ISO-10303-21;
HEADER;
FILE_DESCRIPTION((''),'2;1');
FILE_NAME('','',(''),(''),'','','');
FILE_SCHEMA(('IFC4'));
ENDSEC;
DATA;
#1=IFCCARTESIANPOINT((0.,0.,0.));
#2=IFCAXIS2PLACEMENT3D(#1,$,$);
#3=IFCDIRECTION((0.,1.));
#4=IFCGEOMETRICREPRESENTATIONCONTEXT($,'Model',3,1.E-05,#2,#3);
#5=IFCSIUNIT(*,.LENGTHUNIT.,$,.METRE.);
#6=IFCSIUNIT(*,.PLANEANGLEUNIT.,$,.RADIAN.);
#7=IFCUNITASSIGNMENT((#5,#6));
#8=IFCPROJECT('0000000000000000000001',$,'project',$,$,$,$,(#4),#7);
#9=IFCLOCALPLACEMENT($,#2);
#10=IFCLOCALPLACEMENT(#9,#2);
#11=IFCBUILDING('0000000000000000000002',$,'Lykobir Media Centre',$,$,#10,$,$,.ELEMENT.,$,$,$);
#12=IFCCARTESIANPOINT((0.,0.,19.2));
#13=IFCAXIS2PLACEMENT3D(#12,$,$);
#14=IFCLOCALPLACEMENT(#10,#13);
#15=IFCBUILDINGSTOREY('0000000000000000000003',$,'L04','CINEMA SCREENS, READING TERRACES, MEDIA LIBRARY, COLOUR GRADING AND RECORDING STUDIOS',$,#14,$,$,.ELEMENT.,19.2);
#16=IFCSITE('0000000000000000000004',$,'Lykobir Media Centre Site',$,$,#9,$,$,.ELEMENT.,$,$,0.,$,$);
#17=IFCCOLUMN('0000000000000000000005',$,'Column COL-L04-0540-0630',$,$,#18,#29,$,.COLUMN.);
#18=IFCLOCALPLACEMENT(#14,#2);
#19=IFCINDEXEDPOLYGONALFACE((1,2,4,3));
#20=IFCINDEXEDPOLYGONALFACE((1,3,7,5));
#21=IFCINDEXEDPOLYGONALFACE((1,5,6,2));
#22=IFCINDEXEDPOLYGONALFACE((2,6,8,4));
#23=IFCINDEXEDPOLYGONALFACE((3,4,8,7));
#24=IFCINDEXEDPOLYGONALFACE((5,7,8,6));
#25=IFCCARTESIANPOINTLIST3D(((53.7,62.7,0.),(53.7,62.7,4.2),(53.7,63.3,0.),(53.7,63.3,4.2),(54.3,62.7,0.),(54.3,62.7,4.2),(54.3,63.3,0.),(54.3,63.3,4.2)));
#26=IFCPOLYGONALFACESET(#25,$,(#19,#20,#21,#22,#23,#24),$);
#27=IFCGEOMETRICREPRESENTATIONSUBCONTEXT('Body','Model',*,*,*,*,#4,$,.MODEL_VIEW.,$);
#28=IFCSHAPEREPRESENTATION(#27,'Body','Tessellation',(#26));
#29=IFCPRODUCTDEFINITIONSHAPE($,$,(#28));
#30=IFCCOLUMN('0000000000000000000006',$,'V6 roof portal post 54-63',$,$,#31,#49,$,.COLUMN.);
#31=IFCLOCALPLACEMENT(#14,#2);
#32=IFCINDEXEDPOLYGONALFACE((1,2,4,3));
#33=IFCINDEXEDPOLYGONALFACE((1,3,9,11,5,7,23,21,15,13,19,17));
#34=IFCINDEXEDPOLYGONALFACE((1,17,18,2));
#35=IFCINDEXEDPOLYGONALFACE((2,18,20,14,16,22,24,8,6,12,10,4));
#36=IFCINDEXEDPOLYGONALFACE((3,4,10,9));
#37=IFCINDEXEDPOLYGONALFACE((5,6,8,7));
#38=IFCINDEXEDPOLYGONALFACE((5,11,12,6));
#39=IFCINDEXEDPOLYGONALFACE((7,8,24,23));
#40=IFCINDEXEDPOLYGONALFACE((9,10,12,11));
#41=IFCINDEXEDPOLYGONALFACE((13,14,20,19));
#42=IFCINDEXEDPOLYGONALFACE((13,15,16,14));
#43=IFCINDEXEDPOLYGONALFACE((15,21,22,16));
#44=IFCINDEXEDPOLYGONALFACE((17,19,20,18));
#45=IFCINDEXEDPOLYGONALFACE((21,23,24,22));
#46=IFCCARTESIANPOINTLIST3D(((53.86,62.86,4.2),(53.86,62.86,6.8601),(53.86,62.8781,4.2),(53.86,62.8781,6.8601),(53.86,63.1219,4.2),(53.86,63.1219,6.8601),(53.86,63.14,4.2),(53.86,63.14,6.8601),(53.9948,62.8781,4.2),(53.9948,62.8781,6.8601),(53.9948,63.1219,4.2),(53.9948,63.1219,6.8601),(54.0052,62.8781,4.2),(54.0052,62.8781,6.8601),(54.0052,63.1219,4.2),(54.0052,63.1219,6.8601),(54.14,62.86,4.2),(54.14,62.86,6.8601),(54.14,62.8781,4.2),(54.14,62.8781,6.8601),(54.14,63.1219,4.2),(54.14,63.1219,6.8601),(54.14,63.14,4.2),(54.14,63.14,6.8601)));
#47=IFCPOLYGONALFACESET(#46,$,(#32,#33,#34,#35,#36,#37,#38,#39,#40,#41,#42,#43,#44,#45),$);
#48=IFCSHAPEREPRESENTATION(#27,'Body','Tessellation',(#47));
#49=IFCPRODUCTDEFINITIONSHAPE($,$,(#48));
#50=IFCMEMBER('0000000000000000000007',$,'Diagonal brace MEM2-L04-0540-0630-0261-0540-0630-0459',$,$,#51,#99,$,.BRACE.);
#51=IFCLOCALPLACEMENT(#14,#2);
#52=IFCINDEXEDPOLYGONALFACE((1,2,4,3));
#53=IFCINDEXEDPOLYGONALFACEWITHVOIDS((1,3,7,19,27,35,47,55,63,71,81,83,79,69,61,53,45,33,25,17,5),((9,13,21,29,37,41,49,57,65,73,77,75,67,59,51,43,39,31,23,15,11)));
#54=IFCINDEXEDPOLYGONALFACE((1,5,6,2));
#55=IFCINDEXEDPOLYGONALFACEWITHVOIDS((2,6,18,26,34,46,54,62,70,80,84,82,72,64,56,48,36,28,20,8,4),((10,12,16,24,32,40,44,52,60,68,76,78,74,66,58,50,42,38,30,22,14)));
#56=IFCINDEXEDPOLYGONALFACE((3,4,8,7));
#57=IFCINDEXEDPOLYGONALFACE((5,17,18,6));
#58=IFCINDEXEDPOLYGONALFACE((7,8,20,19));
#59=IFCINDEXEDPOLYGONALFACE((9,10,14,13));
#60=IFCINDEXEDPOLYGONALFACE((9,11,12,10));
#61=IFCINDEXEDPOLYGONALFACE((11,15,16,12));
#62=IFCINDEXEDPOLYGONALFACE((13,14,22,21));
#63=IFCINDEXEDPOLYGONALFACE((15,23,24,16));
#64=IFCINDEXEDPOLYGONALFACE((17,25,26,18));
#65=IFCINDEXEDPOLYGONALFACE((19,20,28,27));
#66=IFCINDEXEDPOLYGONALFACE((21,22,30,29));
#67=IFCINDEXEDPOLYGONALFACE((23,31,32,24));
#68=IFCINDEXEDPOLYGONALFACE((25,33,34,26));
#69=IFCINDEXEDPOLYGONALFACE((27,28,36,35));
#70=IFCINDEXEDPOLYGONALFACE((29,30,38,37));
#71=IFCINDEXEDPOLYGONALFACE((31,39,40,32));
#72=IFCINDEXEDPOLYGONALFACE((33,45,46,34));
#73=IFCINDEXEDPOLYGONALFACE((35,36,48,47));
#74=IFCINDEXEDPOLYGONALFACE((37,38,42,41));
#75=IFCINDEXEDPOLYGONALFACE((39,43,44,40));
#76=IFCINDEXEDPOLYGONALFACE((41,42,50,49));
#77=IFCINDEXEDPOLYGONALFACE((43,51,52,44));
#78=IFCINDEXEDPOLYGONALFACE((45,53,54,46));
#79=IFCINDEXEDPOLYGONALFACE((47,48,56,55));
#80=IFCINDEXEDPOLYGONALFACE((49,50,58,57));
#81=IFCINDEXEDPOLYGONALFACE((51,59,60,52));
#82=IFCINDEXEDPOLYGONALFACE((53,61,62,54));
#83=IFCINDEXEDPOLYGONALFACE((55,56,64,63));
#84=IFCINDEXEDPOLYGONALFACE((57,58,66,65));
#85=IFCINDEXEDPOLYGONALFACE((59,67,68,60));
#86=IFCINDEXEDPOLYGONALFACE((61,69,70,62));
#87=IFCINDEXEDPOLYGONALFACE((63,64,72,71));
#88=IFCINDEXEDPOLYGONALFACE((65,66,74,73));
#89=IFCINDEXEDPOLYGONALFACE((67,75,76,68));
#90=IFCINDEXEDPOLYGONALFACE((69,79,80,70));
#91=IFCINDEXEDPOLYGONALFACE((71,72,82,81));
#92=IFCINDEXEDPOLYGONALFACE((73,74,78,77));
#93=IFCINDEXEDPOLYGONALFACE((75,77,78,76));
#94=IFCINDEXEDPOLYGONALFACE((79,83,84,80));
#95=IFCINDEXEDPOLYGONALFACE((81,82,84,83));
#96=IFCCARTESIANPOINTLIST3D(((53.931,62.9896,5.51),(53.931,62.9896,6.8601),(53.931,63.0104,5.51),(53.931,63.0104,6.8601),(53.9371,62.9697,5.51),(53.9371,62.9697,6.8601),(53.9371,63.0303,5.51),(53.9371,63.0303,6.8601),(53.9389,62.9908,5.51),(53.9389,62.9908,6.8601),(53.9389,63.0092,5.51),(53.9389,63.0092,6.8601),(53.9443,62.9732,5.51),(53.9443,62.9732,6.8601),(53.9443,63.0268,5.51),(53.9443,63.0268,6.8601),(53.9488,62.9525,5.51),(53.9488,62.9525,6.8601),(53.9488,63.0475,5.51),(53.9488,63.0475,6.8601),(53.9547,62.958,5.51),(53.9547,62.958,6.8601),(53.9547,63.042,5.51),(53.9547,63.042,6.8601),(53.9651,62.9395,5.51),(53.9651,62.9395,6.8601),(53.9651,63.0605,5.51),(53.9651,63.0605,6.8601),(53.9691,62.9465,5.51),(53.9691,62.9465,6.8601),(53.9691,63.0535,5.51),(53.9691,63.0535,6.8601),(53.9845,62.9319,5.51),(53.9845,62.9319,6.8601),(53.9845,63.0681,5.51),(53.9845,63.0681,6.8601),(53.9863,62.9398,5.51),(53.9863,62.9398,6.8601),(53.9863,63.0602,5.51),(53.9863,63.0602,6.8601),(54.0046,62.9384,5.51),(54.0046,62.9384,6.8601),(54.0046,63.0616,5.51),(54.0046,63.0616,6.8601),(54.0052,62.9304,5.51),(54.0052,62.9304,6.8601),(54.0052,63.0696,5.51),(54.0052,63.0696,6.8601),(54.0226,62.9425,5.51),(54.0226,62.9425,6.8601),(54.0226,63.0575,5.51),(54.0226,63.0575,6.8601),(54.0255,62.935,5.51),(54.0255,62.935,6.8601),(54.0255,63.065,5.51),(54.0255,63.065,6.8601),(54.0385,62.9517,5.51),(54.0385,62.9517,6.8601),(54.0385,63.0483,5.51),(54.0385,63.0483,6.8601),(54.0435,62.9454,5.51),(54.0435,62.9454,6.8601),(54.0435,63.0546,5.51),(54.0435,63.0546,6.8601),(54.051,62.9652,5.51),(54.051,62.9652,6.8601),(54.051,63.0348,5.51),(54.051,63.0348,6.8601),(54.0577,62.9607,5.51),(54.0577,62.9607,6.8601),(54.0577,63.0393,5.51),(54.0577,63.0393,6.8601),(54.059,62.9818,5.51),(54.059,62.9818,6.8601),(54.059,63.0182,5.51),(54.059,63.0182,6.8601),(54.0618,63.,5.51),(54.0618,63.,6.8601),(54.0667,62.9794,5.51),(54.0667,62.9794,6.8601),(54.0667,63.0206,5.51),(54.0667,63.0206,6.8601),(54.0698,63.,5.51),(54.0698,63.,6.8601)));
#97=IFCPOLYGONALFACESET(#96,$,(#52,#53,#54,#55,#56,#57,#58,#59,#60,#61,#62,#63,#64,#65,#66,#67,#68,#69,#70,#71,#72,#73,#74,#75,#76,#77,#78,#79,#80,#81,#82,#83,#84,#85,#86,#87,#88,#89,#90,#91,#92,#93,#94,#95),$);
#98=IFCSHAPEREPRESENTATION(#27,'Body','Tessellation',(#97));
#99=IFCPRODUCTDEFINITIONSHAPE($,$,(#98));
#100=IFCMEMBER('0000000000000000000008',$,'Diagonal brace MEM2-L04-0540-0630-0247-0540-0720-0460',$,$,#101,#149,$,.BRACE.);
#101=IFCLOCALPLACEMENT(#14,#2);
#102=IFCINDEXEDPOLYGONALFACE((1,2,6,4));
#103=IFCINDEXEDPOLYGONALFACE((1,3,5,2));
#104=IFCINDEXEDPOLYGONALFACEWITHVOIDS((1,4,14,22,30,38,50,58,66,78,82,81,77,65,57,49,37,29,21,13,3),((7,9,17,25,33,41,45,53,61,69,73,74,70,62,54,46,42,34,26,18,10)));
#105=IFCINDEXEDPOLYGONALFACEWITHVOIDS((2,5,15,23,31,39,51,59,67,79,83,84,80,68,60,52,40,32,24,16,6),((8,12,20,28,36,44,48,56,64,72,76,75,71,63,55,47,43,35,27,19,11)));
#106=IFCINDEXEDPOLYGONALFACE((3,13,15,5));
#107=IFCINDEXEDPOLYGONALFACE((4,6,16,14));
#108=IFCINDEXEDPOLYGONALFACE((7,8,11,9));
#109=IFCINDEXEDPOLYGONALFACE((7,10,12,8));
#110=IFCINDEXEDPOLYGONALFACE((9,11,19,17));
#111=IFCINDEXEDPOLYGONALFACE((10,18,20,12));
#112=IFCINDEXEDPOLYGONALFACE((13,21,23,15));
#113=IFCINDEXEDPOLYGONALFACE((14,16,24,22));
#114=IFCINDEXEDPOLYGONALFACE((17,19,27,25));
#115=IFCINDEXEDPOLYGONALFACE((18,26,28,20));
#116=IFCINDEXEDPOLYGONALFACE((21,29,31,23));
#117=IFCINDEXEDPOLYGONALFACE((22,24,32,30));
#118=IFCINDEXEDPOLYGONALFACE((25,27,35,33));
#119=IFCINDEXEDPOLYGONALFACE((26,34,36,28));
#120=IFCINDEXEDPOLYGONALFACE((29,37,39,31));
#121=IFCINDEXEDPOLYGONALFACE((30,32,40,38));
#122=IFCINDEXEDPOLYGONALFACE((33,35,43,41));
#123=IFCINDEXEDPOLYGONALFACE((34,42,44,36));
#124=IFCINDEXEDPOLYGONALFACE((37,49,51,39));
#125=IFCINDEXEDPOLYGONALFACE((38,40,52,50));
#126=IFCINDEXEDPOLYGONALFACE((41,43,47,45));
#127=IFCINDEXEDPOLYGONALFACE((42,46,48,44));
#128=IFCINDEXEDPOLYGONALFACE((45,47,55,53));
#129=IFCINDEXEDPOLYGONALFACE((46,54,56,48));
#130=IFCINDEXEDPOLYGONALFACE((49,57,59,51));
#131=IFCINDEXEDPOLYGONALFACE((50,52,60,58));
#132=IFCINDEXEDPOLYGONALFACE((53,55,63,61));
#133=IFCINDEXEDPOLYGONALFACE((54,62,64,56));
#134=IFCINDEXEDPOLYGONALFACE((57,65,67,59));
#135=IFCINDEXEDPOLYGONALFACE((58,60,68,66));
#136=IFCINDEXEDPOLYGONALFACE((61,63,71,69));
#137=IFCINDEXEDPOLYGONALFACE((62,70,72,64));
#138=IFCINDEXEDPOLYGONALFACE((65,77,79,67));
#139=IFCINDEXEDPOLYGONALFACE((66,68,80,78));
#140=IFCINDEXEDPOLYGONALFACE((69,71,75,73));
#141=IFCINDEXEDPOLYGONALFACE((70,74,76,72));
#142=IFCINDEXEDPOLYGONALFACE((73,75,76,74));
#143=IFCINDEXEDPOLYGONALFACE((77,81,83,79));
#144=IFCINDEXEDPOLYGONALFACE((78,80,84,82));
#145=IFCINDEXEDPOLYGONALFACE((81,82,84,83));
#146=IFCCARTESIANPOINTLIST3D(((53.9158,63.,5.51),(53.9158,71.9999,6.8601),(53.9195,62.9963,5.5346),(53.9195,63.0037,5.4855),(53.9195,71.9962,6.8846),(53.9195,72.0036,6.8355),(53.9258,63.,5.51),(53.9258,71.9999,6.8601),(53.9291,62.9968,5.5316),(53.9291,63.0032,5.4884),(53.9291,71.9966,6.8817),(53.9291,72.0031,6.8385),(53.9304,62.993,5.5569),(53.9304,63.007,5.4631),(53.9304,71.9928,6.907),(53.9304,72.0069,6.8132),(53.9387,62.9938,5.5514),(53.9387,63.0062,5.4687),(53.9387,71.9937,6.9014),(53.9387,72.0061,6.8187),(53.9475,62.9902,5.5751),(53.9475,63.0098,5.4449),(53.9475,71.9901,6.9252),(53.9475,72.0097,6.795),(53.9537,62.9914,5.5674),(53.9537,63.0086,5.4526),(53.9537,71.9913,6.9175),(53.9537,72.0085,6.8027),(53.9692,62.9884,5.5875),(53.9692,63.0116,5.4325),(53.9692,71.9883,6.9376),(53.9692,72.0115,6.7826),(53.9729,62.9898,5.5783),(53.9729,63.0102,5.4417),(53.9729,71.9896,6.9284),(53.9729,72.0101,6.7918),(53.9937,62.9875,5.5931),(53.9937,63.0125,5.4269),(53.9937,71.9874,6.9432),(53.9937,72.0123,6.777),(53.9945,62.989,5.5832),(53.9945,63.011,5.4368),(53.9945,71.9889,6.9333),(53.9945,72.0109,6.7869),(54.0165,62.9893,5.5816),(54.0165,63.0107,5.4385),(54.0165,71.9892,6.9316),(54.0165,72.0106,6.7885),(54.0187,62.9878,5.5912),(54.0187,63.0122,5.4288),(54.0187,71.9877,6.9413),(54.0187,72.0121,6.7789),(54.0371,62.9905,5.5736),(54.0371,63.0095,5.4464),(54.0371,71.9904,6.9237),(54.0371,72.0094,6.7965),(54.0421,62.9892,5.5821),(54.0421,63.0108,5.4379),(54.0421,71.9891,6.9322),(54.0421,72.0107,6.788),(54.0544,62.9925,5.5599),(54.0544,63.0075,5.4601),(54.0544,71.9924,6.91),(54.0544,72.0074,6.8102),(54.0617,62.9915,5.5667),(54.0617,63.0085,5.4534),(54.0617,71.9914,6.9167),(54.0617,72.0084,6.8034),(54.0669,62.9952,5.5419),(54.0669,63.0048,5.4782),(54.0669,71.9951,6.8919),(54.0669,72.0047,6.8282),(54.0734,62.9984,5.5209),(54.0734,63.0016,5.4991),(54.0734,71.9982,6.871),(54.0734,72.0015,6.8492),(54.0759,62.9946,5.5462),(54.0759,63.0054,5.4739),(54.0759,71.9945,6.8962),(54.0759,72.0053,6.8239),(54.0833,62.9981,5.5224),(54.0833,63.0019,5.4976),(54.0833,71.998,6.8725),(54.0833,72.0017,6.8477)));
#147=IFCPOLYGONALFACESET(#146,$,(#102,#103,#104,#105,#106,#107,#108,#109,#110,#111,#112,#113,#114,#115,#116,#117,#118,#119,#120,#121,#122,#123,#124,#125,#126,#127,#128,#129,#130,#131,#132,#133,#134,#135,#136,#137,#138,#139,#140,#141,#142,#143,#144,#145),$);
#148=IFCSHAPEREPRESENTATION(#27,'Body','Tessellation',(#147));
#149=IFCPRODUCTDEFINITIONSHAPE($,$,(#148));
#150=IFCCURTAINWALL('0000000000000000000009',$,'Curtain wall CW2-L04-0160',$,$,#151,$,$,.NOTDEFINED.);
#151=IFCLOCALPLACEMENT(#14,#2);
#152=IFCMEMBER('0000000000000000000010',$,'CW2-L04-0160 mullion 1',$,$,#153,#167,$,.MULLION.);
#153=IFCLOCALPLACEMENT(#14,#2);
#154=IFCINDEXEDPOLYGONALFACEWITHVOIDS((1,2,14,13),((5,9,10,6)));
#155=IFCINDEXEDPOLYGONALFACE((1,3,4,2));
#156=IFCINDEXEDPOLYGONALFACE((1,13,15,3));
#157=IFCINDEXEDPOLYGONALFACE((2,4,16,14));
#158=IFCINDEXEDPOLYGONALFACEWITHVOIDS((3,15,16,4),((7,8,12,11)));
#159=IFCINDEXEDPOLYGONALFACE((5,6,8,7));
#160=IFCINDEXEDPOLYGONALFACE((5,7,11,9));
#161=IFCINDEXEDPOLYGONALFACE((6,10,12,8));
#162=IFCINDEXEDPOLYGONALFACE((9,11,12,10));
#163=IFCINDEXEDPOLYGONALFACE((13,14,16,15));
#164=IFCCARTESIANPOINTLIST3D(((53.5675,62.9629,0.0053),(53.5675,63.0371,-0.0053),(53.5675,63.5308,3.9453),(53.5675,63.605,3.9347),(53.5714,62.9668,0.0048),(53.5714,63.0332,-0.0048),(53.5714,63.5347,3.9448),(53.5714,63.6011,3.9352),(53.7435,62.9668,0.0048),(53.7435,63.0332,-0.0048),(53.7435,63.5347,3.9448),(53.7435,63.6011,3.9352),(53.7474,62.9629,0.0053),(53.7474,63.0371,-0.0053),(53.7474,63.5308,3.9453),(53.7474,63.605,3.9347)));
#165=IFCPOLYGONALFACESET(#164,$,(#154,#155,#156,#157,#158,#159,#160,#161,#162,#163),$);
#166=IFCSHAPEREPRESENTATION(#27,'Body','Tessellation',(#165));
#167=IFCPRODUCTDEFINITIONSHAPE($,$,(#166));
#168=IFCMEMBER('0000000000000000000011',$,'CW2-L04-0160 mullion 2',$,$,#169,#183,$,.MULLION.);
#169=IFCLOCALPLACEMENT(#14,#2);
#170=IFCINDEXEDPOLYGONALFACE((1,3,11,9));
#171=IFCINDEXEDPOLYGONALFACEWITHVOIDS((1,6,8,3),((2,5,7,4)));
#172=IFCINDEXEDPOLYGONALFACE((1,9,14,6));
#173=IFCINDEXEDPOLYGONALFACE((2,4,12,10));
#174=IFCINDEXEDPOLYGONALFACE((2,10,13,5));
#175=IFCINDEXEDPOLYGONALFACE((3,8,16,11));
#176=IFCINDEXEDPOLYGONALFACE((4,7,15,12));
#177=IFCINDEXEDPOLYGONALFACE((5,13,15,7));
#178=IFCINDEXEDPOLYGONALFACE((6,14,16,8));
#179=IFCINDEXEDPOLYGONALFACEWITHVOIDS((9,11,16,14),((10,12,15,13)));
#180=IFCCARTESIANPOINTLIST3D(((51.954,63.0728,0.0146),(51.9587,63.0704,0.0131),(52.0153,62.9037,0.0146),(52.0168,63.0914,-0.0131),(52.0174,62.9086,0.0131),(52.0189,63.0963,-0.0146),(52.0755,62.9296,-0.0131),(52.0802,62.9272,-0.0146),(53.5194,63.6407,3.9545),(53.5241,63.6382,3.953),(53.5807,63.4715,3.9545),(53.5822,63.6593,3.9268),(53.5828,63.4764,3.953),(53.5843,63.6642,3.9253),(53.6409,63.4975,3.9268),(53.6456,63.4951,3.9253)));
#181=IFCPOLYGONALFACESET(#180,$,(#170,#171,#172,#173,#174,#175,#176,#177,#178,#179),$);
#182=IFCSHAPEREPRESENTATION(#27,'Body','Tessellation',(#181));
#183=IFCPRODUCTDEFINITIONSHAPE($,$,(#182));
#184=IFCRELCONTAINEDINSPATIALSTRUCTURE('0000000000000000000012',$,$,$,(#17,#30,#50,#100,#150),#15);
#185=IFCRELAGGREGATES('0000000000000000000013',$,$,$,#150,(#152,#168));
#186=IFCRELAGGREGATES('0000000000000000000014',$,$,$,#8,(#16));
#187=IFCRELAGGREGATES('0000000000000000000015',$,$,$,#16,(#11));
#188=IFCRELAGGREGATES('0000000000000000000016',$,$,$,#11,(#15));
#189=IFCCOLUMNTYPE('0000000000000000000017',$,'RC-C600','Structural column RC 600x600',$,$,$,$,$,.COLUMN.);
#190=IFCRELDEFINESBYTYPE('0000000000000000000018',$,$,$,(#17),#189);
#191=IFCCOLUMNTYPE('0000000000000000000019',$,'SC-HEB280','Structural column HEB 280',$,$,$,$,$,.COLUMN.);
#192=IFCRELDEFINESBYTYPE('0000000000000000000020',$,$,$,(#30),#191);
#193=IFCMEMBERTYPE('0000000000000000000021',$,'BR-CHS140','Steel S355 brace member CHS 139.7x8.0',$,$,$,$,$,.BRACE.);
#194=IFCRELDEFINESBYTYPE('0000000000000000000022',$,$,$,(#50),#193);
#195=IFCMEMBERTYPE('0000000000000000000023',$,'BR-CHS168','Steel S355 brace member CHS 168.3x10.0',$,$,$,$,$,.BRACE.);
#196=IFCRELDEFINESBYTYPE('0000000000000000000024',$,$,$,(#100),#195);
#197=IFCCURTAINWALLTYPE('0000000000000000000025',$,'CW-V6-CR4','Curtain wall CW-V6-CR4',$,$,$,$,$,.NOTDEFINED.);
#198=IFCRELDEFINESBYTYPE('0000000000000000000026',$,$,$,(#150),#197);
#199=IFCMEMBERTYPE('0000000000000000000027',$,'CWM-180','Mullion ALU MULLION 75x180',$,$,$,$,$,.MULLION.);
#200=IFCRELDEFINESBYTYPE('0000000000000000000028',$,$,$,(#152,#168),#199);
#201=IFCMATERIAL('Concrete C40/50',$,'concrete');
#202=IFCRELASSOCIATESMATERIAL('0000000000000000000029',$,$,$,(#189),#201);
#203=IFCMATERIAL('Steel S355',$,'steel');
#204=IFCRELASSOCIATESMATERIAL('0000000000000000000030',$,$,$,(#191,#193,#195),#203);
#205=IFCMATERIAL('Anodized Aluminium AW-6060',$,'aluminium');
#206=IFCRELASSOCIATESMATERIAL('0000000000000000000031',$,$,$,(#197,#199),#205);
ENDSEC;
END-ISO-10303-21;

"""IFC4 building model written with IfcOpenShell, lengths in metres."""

from ifc_helpers import new_model, si_unit, direction, frame, origin, origin_2d, place, context, subcontext, project, spatial, rectangle, hollow_rectangle, hollow_circle, i_section, extrude, material, material_profile, profile_set, type_object, element, aggregate, save


model = new_model("IFC4")

# Units and contexts
model_context = context("Model", 3, precision=1e-05, world=origin(), true_north=direction((0.0, 1.0)))
body_context = subcontext(model_context, "Body", "Model", "MODEL_VIEW")
ifc_project = project(units=[si_unit("LENGTHUNIT", "METRE"), si_unit("PLANEANGLEUNIT", "RADIAN")], contexts=[model_context])

# Site, building, storey
site_placement = place(None, origin())
site = spatial("IfcSite", under=ifc_project, at=site_placement, Name="Lykobir Media Centre Site", CompositionType="ELEMENT", RefElevation=0.0)
building_placement = place(site_placement, origin())
building = spatial("IfcBuilding", under=site, at=building_placement, Name="Lykobir Media Centre", CompositionType="ELEMENT")
storey_placement = place(building_placement, frame((0.0, 0.0, 19.2)))
storey = spatial("IfcBuildingStorey", under=building, at=storey_placement, Name="L04", Description="CINEMA SCREENS, READING TERRACES, MEDIA LIBRARY, COLOUR GRADING AND RECORDING STUDIOS", CompositionType="ELEMENT", Elevation=19.2)

# Columns
ifc_material_1 = material(Name="Concrete C40/50", Category="concrete")
ifc_material_profile_1 = material_profile(ifc_material_1, rectangle(XDim=0.6001, YDim=0.6001, at=origin_2d()), Name="RC 600x600")
ifc_profile_set_1 = profile_set([ifc_material_profile_1], Name="Concrete C40/50")
column_type_1 = type_object("IfcColumnType", Name="RC-C600", Description="Structural column RC 600x600", PredefinedType="COLUMN", material=ifc_profile_set_1)
column_1_placement = place(storey_placement, frame((54.0, 63.0, 0.0), z_axis=(0.0, 0.0, 1.0), x_axis=(1.0, 0.0, 0.0)))
element("IfcColumn", 1, at=column_1_placement, inside=storey, type_object=column_type_1, Name="Column COL-L04-0540-0630", PredefinedType="COLUMN", context=body_context, shape_type="SweptSolid", body=[
    extrude(rectangle(XDim=0.6001, YDim=0.6001, at=origin_2d()), origin(), (0.0, 0.0, 1.0), 4.2),
])
ifc_material_2 = material(Name="Steel S355", Category="steel")
ifc_material_profile_2 = material_profile(ifc_material_2, i_section(OverallWidth=0.28, OverallDepth=0.28, WebThickness=0.0105, FlangeThickness=0.0181, at=origin_2d()), Name="HEB 280")
ifc_profile_set_2 = profile_set([ifc_material_profile_2], Name="Steel S355")
column_type_2 = type_object("IfcColumnType", Name="SC-HEB280", Description="Structural column HEB 280", PredefinedType="COLUMN", material=ifc_profile_set_2)
column_2_placement = place(storey_placement, frame((54.0, 63.0, 4.2), z_axis=(0.0, 0.0, 1.0), x_axis=(1.0, 0.0, 0.0)))
element("IfcColumn", 2, at=column_2_placement, inside=storey, type_object=column_type_2, Name="V6 roof portal post 54-63", PredefinedType="COLUMN", context=body_context, shape_type="SweptSolid", body=[
    extrude(i_section(OverallWidth=0.28, OverallDepth=0.28, WebThickness=0.0105, FlangeThickness=0.0181, at=origin_2d()), origin(), (0.0, 0.0, 1.0), 2.6602),
])

# Members
ifc_material_profile_3 = material_profile(ifc_material_2, hollow_circle(Radius=0.0698, WallThickness=0.0081, at=origin_2d()), Name="CHS 139.7x8.0")
ifc_profile_set_3 = profile_set([ifc_material_profile_3], Name="Steel S355")
member_type_1 = type_object("IfcMemberType", Name="BR-CHS140", Description="Steel S355 brace member CHS 139.7x8.0", PredefinedType="BRACE", material=ifc_profile_set_3)
member_1_placement = place(storey_placement, frame((54.0, 63.0, 6.8601), z_axis=(0.0, 0.0, -1.0), x_axis=(1.0, 0.0, 0.0)))
element("IfcMember", 3, at=member_1_placement, inside=storey, type_object=member_type_1, Name="Diagonal brace MEM2-L04-0540-0630-0261-0540-0630-0459", PredefinedType="BRACE", context=body_context, shape_type="SweptSolid", body=[
    extrude(hollow_circle(Radius=0.0698, WallThickness=0.0081, at=origin_2d()), origin(), (0.0, 0.0, 1.0), 1.3501),
])
ifc_material_profile_4 = material_profile(ifc_material_2, hollow_circle(Radius=0.0842, WallThickness=0.01, at=origin_2d()), Name="CHS 168.3x10.0")
ifc_profile_set_4 = profile_set([ifc_material_profile_4], Name="Steel S355")
member_type_2 = type_object("IfcMemberType", Name="BR-CHS168", Description="Steel S355 brace member CHS 168.3x10.0", PredefinedType="BRACE", material=ifc_profile_set_4)
member_2_placement = place(storey_placement, frame((54.0, 63.0, 5.51), z_axis=(0.0, 0.988935, 0.148351), x_axis=(-1.0, 0.0, 0.0)))
element("IfcMember", 4, at=member_2_placement, inside=storey, type_object=member_type_2, Name="Diagonal brace MEM2-L04-0540-0630-0247-0540-0720-0460", PredefinedType="BRACE", context=body_context, shape_type="SweptSolid", body=[
    extrude(hollow_circle(Radius=0.0842, WallThickness=0.01, at=origin_2d()), origin(), (0.0, 0.0, 1.0), 9.1006),
])

# Curtain wall, members
ifc_material_3 = material(Name="Anodized Aluminium AW-6060", Category="aluminium")
curtain_wall_type_1 = type_object("IfcCurtainWallType", Name="CW-V6-CR4", Description="Curtain wall CW-V6-CR4", PredefinedType="NOTDEFINED", material=ifc_material_3)
curtain_wall_1_placement = place(storey_placement, origin())
curtain_wall_1 = element("IfcCurtainWall", 5, at=curtain_wall_1_placement, inside=storey, type_object=curtain_wall_type_1, Name="Curtain wall CW2-L04-0160", PredefinedType="NOTDEFINED")
ifc_material_profile_5 = material_profile(ifc_material_3, hollow_rectangle(XDim=0.075, YDim=0.1799, WallThickness=0.0039, at=origin_2d()), Name="ALU MULLION 75x180")
ifc_profile_set_5 = profile_set([ifc_material_profile_5], Name="Anodized Aluminium AW-6060")
member_type_3 = type_object("IfcMemberType", Name="CWM-180", Description="Mullion ALU MULLION 75x180", PredefinedType="MULLION", material=ifc_profile_set_5)
member_3_placement = place(storey_placement, frame((53.6575, 63.0, 0.0), z_axis=(0.0, 0.142658, 0.989772), x_axis=(0.0, 0.989772, -0.142658)))
member_3 = element("IfcMember", 6, at=member_3_placement, type_object=member_type_3, Name="CW2-L04-0160 mullion 1", PredefinedType="MULLION", context=body_context, shape_type="SweptSolid", body=[
    extrude(hollow_rectangle(XDim=0.075, YDim=0.1799, WallThickness=0.0039, at=origin_2d()), origin(), (0.0, 0.0, 1.0), 3.9807),
])
member_4_placement = place(storey_placement, frame((52.0171, 63.0, 0.0), z_axis=(0.365977, 0.132761, 0.921106), x_axis=(0.865893, 0.314109, -0.389313)))
member_4 = element("IfcMember", 7, at=member_4_placement, type_object=member_type_3, Name="CW2-L04-0160 mullion 2", PredefinedType="MULLION", context=body_context, shape_type="SweptSolid", body=[
    extrude(hollow_rectangle(XDim=0.075, YDim=0.1799, WallThickness=0.0039, at=origin_2d()), origin(), (0.0, 0.0, 1.0), 4.2773),
])

aggregate(curtain_wall_1, [member_3, member_4])

save(model, "model.ifc")
